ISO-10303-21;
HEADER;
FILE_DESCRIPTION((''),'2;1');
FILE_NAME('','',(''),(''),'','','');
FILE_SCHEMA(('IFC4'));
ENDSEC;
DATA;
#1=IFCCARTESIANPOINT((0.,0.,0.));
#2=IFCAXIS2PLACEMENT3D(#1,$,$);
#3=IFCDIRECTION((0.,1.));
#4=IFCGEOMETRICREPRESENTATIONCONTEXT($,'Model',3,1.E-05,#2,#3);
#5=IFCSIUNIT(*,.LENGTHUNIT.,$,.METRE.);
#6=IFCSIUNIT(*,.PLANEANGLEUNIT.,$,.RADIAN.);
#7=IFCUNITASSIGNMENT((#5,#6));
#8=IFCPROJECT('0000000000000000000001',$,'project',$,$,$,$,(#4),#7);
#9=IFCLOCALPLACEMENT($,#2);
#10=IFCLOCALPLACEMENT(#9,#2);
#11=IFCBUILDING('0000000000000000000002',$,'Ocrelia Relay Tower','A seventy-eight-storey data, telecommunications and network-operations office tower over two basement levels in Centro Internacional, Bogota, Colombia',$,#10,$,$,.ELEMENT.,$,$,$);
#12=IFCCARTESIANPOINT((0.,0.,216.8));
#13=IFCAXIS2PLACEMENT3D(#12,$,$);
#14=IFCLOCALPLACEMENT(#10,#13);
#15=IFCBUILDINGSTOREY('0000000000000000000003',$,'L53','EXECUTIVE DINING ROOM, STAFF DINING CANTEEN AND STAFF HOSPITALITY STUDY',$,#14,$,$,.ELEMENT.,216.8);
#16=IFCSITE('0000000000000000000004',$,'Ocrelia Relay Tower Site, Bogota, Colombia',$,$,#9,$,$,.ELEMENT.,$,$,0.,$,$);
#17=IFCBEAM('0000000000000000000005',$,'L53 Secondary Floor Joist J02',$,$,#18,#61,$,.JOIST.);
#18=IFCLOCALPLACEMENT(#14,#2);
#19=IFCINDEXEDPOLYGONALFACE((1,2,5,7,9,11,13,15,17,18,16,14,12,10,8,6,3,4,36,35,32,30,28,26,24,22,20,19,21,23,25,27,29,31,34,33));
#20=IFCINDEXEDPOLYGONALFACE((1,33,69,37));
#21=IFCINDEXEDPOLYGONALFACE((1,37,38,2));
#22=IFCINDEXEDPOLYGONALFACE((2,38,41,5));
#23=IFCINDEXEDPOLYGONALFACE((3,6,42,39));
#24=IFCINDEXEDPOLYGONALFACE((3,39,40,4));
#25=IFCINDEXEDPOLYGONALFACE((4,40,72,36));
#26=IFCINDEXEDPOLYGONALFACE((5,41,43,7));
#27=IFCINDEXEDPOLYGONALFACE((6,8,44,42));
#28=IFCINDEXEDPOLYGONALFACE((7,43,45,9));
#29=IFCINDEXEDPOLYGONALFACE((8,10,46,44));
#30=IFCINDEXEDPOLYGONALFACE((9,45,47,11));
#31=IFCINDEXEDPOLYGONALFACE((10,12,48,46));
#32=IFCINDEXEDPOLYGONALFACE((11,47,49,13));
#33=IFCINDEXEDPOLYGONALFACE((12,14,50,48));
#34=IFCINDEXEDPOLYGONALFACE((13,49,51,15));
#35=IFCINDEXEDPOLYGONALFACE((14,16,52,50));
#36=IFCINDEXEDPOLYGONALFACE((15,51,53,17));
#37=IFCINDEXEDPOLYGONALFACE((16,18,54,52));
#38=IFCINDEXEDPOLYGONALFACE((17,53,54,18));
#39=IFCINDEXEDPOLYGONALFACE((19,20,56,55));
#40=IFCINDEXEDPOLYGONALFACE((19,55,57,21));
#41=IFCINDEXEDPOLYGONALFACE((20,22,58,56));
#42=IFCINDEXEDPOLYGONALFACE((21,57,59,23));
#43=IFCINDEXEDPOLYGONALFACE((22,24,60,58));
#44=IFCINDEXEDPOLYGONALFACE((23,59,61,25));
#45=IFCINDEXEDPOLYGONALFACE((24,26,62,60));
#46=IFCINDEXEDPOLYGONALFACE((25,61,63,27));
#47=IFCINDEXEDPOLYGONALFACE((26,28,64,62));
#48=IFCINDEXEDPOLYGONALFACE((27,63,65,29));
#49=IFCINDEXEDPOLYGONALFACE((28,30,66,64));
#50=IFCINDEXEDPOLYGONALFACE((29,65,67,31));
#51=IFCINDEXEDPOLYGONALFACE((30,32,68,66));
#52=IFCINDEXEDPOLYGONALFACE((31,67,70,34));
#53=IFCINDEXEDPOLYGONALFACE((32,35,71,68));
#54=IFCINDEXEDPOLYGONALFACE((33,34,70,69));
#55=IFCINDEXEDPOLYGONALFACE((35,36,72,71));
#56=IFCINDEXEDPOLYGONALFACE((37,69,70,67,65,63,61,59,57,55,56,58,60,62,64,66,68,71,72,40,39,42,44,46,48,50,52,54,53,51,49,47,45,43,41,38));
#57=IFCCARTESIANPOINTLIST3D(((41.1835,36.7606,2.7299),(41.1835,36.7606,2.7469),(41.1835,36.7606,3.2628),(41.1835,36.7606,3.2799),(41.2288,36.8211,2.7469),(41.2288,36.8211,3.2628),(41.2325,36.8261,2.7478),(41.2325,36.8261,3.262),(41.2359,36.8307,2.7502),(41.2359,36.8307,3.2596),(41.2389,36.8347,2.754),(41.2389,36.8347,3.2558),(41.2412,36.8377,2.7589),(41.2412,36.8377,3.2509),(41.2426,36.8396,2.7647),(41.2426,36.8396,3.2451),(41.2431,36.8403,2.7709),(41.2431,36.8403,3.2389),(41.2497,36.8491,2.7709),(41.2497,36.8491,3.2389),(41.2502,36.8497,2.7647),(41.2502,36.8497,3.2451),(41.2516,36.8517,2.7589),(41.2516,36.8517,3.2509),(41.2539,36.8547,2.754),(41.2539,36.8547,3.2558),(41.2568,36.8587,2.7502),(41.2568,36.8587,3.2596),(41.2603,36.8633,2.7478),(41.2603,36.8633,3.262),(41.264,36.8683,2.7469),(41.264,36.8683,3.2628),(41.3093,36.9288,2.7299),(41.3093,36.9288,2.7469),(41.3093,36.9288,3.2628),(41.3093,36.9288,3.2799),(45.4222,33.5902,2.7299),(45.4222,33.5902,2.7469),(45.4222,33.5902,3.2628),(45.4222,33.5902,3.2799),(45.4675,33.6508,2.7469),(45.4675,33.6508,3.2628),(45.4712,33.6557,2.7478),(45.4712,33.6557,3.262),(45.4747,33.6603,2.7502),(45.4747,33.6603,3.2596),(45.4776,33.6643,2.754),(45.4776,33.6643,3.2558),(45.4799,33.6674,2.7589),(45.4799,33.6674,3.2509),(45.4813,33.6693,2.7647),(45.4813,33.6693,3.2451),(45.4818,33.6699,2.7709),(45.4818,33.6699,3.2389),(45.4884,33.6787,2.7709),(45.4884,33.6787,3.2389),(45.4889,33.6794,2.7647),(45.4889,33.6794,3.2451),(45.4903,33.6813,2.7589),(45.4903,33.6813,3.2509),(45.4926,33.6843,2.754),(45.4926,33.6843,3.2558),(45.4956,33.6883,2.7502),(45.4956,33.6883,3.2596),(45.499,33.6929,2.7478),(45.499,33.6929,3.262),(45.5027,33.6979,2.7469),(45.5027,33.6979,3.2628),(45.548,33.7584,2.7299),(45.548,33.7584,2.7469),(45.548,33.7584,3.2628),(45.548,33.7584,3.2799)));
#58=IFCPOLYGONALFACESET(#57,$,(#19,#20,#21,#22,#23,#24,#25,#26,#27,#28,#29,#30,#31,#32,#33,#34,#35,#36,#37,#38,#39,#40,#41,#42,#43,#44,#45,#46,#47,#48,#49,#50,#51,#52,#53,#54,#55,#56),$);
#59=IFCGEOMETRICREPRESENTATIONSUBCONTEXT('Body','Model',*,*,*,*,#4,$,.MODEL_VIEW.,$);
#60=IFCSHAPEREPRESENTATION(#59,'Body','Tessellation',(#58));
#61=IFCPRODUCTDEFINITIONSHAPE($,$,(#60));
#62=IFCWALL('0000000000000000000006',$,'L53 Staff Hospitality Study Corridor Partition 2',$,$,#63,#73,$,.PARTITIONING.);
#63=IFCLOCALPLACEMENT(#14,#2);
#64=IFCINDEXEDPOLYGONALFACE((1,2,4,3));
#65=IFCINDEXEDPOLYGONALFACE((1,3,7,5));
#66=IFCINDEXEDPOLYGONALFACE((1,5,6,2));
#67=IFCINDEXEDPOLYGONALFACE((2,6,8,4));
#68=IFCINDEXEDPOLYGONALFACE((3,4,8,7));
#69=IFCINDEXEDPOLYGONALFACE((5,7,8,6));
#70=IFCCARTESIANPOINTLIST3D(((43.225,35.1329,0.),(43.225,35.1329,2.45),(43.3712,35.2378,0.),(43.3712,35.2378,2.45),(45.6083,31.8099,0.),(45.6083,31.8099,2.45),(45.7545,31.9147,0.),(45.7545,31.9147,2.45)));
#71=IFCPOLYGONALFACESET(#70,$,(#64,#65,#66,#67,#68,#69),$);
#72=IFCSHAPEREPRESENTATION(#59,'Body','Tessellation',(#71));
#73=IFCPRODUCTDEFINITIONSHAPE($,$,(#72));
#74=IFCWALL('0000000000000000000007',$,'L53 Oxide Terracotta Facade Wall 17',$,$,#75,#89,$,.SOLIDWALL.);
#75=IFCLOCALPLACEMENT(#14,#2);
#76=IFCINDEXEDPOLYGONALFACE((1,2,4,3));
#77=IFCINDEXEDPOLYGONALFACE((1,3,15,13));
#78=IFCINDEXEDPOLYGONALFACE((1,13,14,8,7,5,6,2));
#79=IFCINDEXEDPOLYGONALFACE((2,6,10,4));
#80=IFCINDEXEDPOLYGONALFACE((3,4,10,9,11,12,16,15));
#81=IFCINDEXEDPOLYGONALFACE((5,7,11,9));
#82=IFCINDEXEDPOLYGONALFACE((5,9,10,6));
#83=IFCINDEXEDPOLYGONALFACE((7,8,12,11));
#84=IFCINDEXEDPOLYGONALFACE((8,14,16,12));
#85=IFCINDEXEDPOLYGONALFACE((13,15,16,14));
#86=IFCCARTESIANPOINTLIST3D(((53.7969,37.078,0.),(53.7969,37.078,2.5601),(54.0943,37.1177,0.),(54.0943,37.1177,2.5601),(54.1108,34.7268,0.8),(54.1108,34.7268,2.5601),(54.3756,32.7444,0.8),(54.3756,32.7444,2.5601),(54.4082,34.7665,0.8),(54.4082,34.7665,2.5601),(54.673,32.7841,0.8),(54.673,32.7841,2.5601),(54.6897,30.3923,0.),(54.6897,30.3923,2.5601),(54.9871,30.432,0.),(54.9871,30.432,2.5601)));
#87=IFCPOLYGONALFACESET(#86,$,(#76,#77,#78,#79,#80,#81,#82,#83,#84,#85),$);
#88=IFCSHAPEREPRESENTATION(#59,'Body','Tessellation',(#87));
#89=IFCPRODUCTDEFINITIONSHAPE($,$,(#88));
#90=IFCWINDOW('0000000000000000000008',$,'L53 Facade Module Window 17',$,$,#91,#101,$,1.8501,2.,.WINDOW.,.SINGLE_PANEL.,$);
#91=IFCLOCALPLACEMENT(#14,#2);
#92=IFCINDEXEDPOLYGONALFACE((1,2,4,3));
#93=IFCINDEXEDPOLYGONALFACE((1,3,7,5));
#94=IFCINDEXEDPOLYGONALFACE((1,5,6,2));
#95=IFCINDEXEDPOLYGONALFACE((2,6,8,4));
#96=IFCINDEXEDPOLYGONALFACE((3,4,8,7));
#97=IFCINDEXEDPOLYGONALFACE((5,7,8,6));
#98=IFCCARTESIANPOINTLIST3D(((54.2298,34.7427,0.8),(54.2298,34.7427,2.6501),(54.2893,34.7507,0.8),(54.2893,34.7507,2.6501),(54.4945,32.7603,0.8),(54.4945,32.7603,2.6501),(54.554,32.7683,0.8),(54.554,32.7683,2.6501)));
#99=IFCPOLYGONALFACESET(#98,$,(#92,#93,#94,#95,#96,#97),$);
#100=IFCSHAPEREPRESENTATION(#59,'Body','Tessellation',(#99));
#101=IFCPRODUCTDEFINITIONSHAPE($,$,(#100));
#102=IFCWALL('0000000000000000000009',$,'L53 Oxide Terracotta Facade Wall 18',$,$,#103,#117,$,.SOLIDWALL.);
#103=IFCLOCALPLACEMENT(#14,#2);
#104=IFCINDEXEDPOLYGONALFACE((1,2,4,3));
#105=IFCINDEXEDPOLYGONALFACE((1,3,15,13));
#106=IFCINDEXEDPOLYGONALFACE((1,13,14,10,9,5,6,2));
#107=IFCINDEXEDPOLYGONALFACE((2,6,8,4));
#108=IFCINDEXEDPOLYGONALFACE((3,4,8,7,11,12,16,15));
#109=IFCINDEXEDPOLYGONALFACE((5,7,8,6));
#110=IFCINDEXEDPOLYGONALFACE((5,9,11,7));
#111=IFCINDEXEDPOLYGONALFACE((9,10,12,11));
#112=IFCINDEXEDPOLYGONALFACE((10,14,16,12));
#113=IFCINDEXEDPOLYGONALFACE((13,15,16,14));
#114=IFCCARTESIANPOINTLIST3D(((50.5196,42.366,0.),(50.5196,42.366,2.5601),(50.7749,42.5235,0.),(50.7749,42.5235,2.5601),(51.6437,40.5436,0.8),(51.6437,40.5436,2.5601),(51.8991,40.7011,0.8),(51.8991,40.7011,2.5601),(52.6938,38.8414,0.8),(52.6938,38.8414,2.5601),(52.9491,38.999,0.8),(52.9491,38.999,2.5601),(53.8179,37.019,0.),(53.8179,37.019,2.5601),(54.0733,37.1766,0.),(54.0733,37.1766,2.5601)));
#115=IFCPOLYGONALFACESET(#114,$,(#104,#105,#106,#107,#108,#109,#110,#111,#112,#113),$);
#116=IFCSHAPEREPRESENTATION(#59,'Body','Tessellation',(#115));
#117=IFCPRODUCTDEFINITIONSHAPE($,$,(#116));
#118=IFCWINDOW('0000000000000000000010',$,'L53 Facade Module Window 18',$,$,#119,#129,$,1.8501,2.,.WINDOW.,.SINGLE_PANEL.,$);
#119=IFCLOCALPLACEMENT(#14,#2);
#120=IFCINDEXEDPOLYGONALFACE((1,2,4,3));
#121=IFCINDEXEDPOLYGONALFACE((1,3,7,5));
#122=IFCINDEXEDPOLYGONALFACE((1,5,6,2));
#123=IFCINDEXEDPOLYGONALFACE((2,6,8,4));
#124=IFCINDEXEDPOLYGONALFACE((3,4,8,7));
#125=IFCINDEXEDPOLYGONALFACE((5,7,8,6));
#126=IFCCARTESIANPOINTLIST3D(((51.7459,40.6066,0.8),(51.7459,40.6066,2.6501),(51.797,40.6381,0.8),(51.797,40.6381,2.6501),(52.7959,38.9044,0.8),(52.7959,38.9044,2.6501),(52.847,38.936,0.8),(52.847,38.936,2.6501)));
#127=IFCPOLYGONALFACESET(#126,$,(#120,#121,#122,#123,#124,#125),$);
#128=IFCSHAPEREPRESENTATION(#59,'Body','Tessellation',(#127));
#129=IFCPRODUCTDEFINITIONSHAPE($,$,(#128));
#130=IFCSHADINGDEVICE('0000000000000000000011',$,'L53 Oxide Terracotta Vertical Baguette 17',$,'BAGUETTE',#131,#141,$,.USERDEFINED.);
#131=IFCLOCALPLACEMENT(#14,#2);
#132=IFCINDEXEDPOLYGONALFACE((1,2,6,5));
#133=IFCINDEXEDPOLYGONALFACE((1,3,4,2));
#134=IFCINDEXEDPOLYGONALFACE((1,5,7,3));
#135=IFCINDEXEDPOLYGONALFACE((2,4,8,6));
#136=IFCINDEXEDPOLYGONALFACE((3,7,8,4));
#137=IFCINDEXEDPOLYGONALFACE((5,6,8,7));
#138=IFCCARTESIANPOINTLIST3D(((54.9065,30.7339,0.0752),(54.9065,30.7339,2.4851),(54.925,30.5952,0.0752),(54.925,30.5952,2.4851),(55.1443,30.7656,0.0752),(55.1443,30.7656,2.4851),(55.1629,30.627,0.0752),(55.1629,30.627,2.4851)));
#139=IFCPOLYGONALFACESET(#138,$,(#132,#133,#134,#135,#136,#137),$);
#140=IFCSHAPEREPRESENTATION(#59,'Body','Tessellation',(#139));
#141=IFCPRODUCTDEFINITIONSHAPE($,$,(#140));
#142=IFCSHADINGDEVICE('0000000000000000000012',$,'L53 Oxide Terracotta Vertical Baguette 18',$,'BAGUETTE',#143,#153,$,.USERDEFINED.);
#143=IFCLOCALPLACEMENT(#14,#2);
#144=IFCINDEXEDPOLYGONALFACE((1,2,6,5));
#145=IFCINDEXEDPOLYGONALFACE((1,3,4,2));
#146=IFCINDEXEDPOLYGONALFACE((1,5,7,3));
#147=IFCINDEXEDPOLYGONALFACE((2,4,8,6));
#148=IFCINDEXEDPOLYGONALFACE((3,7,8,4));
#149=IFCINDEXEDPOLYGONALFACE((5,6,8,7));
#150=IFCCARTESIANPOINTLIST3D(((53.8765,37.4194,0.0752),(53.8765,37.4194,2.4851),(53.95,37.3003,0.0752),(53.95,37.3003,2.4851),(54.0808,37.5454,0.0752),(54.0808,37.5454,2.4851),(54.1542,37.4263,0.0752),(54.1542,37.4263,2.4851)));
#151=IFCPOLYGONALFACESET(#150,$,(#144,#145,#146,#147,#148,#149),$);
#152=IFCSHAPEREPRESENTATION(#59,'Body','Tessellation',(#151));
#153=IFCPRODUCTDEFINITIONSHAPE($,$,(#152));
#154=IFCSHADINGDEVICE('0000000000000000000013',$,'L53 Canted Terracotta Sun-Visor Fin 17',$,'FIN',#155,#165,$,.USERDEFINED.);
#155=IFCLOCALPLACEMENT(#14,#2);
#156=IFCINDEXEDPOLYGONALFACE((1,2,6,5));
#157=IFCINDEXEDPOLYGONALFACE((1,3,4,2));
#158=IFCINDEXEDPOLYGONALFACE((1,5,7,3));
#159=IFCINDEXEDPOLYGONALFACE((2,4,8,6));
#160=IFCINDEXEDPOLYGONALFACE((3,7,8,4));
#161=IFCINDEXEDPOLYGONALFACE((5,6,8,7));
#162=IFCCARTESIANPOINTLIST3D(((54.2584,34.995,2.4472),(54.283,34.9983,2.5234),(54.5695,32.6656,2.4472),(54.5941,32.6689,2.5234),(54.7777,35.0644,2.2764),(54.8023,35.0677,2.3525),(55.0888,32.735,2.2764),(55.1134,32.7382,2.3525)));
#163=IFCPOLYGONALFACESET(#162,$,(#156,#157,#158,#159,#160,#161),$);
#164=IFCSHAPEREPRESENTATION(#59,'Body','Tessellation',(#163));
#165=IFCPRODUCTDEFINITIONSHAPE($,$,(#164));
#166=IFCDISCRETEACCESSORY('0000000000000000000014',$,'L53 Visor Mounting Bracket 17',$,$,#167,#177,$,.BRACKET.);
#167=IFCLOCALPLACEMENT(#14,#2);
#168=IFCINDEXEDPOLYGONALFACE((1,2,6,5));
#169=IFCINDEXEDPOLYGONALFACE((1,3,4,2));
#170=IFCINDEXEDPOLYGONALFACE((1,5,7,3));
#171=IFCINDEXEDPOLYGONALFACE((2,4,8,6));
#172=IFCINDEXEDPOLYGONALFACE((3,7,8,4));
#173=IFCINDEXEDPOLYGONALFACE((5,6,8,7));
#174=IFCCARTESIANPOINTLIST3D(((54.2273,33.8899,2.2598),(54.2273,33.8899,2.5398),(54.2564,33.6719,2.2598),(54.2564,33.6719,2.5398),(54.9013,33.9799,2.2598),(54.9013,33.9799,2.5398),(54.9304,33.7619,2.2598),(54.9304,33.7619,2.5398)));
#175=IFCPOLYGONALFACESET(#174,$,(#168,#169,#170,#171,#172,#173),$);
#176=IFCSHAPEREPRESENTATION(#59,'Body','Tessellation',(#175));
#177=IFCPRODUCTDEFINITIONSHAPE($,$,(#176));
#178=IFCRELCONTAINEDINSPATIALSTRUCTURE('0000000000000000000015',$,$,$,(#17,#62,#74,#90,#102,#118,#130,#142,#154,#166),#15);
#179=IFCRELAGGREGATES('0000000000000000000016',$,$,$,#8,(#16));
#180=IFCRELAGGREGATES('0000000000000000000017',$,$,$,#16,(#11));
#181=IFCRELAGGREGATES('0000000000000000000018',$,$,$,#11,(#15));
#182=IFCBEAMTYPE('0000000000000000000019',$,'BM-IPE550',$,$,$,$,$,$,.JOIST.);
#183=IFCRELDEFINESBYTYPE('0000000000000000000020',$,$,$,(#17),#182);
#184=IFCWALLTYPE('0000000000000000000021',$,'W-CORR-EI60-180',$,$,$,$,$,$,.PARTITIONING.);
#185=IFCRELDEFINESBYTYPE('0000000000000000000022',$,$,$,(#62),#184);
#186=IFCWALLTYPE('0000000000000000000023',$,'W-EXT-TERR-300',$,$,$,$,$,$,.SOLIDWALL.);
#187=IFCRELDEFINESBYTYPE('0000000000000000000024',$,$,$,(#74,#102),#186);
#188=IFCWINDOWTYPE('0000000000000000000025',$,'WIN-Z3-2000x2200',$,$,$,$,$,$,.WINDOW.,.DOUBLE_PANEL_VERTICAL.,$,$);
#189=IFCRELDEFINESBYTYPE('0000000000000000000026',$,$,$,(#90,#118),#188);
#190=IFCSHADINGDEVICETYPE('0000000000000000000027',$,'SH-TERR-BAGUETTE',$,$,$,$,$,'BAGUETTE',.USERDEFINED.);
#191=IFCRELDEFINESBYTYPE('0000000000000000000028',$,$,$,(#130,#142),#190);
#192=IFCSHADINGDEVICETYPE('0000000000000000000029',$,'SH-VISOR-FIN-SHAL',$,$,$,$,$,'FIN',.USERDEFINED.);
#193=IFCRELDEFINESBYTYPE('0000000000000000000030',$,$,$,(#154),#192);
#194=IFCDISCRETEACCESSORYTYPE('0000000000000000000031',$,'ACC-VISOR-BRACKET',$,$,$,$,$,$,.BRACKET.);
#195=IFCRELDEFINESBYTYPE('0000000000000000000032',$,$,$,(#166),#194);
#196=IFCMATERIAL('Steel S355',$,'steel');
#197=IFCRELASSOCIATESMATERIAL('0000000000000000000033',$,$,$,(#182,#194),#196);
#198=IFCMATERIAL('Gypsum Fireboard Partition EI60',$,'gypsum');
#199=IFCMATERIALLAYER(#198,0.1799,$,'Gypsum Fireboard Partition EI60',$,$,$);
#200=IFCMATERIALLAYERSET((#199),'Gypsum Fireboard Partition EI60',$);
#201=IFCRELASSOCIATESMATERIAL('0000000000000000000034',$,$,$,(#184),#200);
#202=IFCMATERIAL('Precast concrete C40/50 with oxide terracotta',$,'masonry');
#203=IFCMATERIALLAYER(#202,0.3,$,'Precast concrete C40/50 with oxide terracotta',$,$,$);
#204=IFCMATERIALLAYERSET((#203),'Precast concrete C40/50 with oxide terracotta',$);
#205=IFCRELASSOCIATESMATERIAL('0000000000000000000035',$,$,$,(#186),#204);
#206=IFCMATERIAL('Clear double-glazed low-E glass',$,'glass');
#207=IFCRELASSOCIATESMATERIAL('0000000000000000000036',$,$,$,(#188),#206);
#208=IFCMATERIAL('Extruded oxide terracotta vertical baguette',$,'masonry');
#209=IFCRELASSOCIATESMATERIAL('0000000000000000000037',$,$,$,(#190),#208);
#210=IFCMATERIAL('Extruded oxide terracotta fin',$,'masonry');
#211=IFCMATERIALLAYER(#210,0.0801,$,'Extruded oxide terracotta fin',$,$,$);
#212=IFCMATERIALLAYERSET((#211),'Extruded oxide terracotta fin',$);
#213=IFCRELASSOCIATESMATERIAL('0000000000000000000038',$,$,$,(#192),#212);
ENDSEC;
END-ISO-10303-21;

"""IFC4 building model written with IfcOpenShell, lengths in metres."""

from ifc_helpers import new_model, si_unit, direction, frame, frame_2d, origin, origin_2d, place, context, subcontext, project, spatial, rectangle, i_section, extrude, material, layer, layer_set, material_profile, profile_set, type_object, element, fill, save


model = new_model("IFC4")

# Units and contexts
model_context = context("Model", 3, precision=1e-05, world=origin(), true_north=direction((0.0, 1.0)))
body_context = subcontext(model_context, "Body", "Model", "MODEL_VIEW")
ifc_project = project(units=[si_unit("LENGTHUNIT", "METRE"), si_unit("PLANEANGLEUNIT", "RADIAN")], contexts=[model_context])

# Site, building, storey
site_placement = place(None, origin())
site = spatial("IfcSite", under=ifc_project, at=site_placement, Name="Ocrelia Relay Tower Site, Bogota, Colombia", CompositionType="ELEMENT", RefElevation=0.0)
building_placement = place(site_placement, origin())
building = spatial("IfcBuilding", under=site, at=building_placement, Name="Ocrelia Relay Tower", Description="A seventy-eight-storey data, telecommunications and network-operations office tower over two basement levels in Centro Internacional, Bogota, Colombia", CompositionType="ELEMENT")
storey_placement = place(building_placement, frame((0.0, 0.0, 216.8)))
storey = spatial("IfcBuildingStorey", under=building, at=storey_placement, Name="L53", Description="EXECUTIVE DINING ROOM, STAFF DINING CANTEEN AND STAFF HOSPITALITY STUDY", CompositionType="ELEMENT", Elevation=216.8)

# Beam
ifc_material_1 = material(Name="Steel S355", Category="steel")
ifc_material_profile_1 = material_profile(ifc_material_1, i_section(OverallWidth=0.21, OverallDepth=0.55, WebThickness=0.011, FlangeThickness=0.0171, FilletRadius=0.0239, at=origin_2d()), Name="IPE 550")
ifc_profile_set_1 = profile_set([ifc_material_profile_1], Name="Steel S355")
beam_type_1 = type_object("IfcBeamType", Name="BM-IPE550", PredefinedType="JOIST", material=ifc_profile_set_1)
beam_1_placement = place(storey_placement, frame((45.4851, 33.6743, 3.0049), z_axis=(-0.800785, 0.598952, 0.0), x_axis=(-0.598952, -0.800785, 0.0)))
element("IfcBeam", 1, at=beam_1_placement, inside=storey, type_object=beam_type_1, Name="L53 Secondary Floor Joist J02", PredefinedType="JOIST", context=body_context, shape_type="SweptSolid", body=[
    extrude(i_section(OverallWidth=0.21, OverallDepth=0.55, WebThickness=0.011, FlangeThickness=0.0171, FilletRadius=0.0239, at=origin_2d()), origin(), (0.0, 0.0, 1.0), 5.2932),
])

# Wall
ifc_material_2 = material(Name="Gypsum Fireboard Partition EI60", Category="gypsum")
ifc_layer_1 = layer(ifc_material_2, 0.1799, Name="Gypsum Fireboard Partition EI60")
ifc_layer_set_1 = layer_set([ifc_layer_1], Name="Gypsum Fireboard Partition EI60")
wall_type_1 = type_object("IfcWallType", Name="W-CORR-EI60-180", PredefinedType="PARTITIONING", material=ifc_layer_set_1)
wall_1_placement = place(storey_placement, frame((45.6814, 31.8623, 0.0), z_axis=(0.0, 0.0, 1.0), x_axis=(-0.582813, 0.812606, 0.0)))
element("IfcWall", 2, at=wall_1_placement, inside=storey, type_object=wall_type_1, Name="L53 Staff Hospitality Study Corridor Partition 2", PredefinedType="PARTITIONING", context=body_context, shape_type="SweptSolid", body=[
    extrude(rectangle(XDim=4.0894, YDim=0.1799, at=frame_2d((2.0447, 0.0))), origin(), (0.0, 0.0, 1.0), 2.45),
])

# Walls, openings, windows
ifc_material_3 = material(Name="Precast concrete C40/50 with oxide terracotta", Category="masonry")
ifc_layer_2 = layer(ifc_material_3, 0.3, Name="Precast concrete C40/50 with oxide terracotta")
ifc_layer_set_2 = layer_set([ifc_layer_2], Name="Precast concrete C40/50 with oxide terracotta")
wall_type_2 = type_object("IfcWallType", Name="W-EXT-TERR-300", PredefinedType="SOLIDWALL", material=ifc_layer_set_2)
wall_2_placement = place(storey_placement, frame((54.8384, 30.4121, 0.0), z_axis=(0.0, 0.0, 1.0), x_axis=(-0.132365, 0.991201, 0.0)))
wall_2 = element("IfcWall", 3, at=wall_2_placement, inside=storey, type_object=wall_type_2, Name="L53 Oxide Terracotta Facade Wall 17", PredefinedType="SOLIDWALL", context=body_context, shape_type="SweptSolid", body=[
    extrude(rectangle(XDim=6.7451, YDim=0.3, at=frame_2d((3.3726, 0.0))), origin(), (0.0, 0.0, 1.0), 2.5601),
])
opening_1_placement = place(wall_2_placement, frame((2.373, 0.0, 0.8)))
opening_1 = element("IfcOpeningElement", 4, at=opening_1_placement, cuts=wall_2, PredefinedType="OPENING", context=body_context, shape_type="SweptSolid", body=[
    extrude(rectangle(XDim=2.0, YDim=1.8501, at=frame_2d((1.0, 0.925))), frame((0.0, 0.1602, 0.0), z_axis=(0.0, -1.0, 0.0), x_axis=(1.0, 0.0, 0.0)), (0.0, 0.0, 1.0), 0.3201),
])
ifc_material_4 = material(Name="Clear double-glazed low-E glass", Category="glass")
window_type = type_object("IfcWindowType", Name="WIN-Z3-2000x2200", PartitioningType="DOUBLE_PANEL_VERTICAL", PredefinedType="WINDOW", material=ifc_material_4)
window_1_placement = place(opening_1_placement, origin())
window_1 = element("IfcWindow", 5, at=window_1_placement, inside=storey, type_object=window_type, Name="L53 Facade Module Window 17", OverallHeight=1.8501, OverallWidth=2.0, PartitioningType="SINGLE_PANEL", PredefinedType="WINDOW", context=body_context, shape_type="SweptSolid", body=[
    extrude(rectangle(XDim=2.0, YDim=1.8501, at=frame_2d((1.0, 0.925))), frame((0.0, 0.03, 0.0), z_axis=(0.0, -1.0, 0.0), x_axis=(1.0, 0.0, 0.0)), (0.0, 0.0, 1.0), 0.0601),
])
fill(opening_1, window_1)
wall_3_placement = place(storey_placement, frame((53.9456, 37.0979, 0.0), z_axis=(0.0, 0.0, 1.0), x_axis=(-0.525012, 0.851095, 0.0)))
wall_3 = element("IfcWall", 6, at=wall_3_placement, inside=storey, type_object=wall_type_2, Name="L53 Oxide Terracotta Facade Wall 18", PredefinedType="SOLIDWALL", context=body_context, shape_type="SweptSolid", body=[
    extrude(rectangle(XDim=6.2825, YDim=0.3, at=frame_2d((3.1411, 0.0))), origin(), (0.0, 0.0, 1.0), 2.5601),
])
opening_2_placement = place(wall_3_placement, frame((2.1411, 0.0, 0.8)))
opening_2 = element("IfcOpeningElement", 7, at=opening_2_placement, cuts=wall_3, PredefinedType="OPENING", context=body_context, shape_type="SweptSolid", body=[
    extrude(rectangle(XDim=2.0, YDim=1.8501, at=frame_2d((1.0, 0.925))), frame((0.0, 0.1602, 0.0), z_axis=(0.0, -1.0, 0.0), x_axis=(1.0, 0.0, 0.0)), (0.0, 0.0, 1.0), 0.3201),
])
window_2_placement = place(opening_2_placement, origin())
window_2 = element("IfcWindow", 8, at=window_2_placement, inside=storey, type_object=window_type, Name="L53 Facade Module Window 18", OverallHeight=1.8501, OverallWidth=2.0, PartitioningType="SINGLE_PANEL", PredefinedType="WINDOW", context=body_context, shape_type="SweptSolid", body=[
    extrude(rectangle(XDim=2.0, YDim=1.8501, at=frame_2d((1.0, 0.925))), frame((0.0, 0.03, 0.0), z_axis=(0.0, -1.0, 0.0), x_axis=(1.0, 0.0, 0.0)), (0.0, 0.0, 1.0), 0.0601),
])
fill(opening_2, window_2)

# Shading devices
ifc_material_5 = material(Name="Extruded oxide terracotta vertical baguette", Category="masonry")
shading_device_type_1 = type_object("IfcShadingDeviceType", Name="SH-TERR-BAGUETTE", ElementType="BAGUETTE", PredefinedType="USERDEFINED", material=ifc_material_5)
for number, where, z_axis, x_axis, name in (
    (9, (55.0347, 30.6804, 0.0752), (0.0, 0.0, 1.0), (-0.132364, 0.991201, 0.0), "L53 Oxide Terracotta Vertical Baguette 17"),
    (10, (54.0154, 37.4229, 0.0752), (0.0, 0.0, 1.0), (-0.525018, 0.851091, 0.0), "L53 Oxide Terracotta Vertical Baguette 18"),
):
    element("IfcShadingDevice", number, at=place(storey_placement, frame(where, z_axis=z_axis, x_axis=x_axis)), inside=storey, type_object=shading_device_type_1, Name=name, ObjectType="BAGUETTE", PredefinedType="USERDEFINED", context=body_context, shape_type="SweptSolid", body=[
        extrude(rectangle(XDim=0.1399, YDim=0.24, at=origin_2d()), origin(), (0.0, 0.0, 1.0), 2.4099),
    ])
ifc_material_6 = material(Name="Extruded oxide terracotta fin", Category="masonry")
ifc_layer_3 = layer(ifc_material_6, 0.0801, Name="Extruded oxide terracotta fin")
ifc_layer_set_3 = layer_set([ifc_layer_3], Name="Extruded oxide terracotta fin")
shading_device_type_2 = type_object("IfcShadingDeviceType", Name="SH-VISOR-FIN-SHAL", ElementType="FIN", PredefinedType="USERDEFINED", material=ifc_layer_set_3)
shading_device_placement = place(storey_placement, frame((54.6736, 33.865, 2.3618), z_axis=(0.307285, 0.041034, 0.950732), x_axis=(-0.132364, 0.991201, 0.0)))
element("IfcShadingDevice", 11, at=shading_device_placement, inside=storey, type_object=shading_device_type_2, Name="L53 Canted Terracotta Sun-Visor Fin 17", ObjectType="FIN", PredefinedType="USERDEFINED", context=body_context, shape_type="SweptSolid", body=[
    extrude(rectangle(XDim=2.3501, YDim=0.551, at=origin_2d()), origin(), (0.0, 0.0, 1.0), 0.0801),
])

# Discrete accessory
discrete_accessory_type = type_object("IfcDiscreteAccessoryType", Name="ACC-VISOR-BRACKET", PredefinedType="BRACKET", material=ifc_material_1)
for number, where, z_axis, x_axis, name in (
    (12, (54.5789, 33.8259, 2.2598), (0.0, 0.0, 1.0), (-0.132364, 0.991201, 0.0), "L53 Visor Mounting Bracket 17"),
):
    element("IfcDiscreteAccessory", number, at=place(storey_placement, frame(where, z_axis=z_axis, x_axis=x_axis)), inside=storey, type_object=discrete_accessory_type, Name=name, PredefinedType="BRACKET", context=body_context, shape_type="SweptSolid", body=[
        extrude(rectangle(XDim=0.22, YDim=0.6799, at=origin_2d()), origin(), (0.0, 0.0, 1.0), 0.28),
    ])

save(model, "model.ifc")
